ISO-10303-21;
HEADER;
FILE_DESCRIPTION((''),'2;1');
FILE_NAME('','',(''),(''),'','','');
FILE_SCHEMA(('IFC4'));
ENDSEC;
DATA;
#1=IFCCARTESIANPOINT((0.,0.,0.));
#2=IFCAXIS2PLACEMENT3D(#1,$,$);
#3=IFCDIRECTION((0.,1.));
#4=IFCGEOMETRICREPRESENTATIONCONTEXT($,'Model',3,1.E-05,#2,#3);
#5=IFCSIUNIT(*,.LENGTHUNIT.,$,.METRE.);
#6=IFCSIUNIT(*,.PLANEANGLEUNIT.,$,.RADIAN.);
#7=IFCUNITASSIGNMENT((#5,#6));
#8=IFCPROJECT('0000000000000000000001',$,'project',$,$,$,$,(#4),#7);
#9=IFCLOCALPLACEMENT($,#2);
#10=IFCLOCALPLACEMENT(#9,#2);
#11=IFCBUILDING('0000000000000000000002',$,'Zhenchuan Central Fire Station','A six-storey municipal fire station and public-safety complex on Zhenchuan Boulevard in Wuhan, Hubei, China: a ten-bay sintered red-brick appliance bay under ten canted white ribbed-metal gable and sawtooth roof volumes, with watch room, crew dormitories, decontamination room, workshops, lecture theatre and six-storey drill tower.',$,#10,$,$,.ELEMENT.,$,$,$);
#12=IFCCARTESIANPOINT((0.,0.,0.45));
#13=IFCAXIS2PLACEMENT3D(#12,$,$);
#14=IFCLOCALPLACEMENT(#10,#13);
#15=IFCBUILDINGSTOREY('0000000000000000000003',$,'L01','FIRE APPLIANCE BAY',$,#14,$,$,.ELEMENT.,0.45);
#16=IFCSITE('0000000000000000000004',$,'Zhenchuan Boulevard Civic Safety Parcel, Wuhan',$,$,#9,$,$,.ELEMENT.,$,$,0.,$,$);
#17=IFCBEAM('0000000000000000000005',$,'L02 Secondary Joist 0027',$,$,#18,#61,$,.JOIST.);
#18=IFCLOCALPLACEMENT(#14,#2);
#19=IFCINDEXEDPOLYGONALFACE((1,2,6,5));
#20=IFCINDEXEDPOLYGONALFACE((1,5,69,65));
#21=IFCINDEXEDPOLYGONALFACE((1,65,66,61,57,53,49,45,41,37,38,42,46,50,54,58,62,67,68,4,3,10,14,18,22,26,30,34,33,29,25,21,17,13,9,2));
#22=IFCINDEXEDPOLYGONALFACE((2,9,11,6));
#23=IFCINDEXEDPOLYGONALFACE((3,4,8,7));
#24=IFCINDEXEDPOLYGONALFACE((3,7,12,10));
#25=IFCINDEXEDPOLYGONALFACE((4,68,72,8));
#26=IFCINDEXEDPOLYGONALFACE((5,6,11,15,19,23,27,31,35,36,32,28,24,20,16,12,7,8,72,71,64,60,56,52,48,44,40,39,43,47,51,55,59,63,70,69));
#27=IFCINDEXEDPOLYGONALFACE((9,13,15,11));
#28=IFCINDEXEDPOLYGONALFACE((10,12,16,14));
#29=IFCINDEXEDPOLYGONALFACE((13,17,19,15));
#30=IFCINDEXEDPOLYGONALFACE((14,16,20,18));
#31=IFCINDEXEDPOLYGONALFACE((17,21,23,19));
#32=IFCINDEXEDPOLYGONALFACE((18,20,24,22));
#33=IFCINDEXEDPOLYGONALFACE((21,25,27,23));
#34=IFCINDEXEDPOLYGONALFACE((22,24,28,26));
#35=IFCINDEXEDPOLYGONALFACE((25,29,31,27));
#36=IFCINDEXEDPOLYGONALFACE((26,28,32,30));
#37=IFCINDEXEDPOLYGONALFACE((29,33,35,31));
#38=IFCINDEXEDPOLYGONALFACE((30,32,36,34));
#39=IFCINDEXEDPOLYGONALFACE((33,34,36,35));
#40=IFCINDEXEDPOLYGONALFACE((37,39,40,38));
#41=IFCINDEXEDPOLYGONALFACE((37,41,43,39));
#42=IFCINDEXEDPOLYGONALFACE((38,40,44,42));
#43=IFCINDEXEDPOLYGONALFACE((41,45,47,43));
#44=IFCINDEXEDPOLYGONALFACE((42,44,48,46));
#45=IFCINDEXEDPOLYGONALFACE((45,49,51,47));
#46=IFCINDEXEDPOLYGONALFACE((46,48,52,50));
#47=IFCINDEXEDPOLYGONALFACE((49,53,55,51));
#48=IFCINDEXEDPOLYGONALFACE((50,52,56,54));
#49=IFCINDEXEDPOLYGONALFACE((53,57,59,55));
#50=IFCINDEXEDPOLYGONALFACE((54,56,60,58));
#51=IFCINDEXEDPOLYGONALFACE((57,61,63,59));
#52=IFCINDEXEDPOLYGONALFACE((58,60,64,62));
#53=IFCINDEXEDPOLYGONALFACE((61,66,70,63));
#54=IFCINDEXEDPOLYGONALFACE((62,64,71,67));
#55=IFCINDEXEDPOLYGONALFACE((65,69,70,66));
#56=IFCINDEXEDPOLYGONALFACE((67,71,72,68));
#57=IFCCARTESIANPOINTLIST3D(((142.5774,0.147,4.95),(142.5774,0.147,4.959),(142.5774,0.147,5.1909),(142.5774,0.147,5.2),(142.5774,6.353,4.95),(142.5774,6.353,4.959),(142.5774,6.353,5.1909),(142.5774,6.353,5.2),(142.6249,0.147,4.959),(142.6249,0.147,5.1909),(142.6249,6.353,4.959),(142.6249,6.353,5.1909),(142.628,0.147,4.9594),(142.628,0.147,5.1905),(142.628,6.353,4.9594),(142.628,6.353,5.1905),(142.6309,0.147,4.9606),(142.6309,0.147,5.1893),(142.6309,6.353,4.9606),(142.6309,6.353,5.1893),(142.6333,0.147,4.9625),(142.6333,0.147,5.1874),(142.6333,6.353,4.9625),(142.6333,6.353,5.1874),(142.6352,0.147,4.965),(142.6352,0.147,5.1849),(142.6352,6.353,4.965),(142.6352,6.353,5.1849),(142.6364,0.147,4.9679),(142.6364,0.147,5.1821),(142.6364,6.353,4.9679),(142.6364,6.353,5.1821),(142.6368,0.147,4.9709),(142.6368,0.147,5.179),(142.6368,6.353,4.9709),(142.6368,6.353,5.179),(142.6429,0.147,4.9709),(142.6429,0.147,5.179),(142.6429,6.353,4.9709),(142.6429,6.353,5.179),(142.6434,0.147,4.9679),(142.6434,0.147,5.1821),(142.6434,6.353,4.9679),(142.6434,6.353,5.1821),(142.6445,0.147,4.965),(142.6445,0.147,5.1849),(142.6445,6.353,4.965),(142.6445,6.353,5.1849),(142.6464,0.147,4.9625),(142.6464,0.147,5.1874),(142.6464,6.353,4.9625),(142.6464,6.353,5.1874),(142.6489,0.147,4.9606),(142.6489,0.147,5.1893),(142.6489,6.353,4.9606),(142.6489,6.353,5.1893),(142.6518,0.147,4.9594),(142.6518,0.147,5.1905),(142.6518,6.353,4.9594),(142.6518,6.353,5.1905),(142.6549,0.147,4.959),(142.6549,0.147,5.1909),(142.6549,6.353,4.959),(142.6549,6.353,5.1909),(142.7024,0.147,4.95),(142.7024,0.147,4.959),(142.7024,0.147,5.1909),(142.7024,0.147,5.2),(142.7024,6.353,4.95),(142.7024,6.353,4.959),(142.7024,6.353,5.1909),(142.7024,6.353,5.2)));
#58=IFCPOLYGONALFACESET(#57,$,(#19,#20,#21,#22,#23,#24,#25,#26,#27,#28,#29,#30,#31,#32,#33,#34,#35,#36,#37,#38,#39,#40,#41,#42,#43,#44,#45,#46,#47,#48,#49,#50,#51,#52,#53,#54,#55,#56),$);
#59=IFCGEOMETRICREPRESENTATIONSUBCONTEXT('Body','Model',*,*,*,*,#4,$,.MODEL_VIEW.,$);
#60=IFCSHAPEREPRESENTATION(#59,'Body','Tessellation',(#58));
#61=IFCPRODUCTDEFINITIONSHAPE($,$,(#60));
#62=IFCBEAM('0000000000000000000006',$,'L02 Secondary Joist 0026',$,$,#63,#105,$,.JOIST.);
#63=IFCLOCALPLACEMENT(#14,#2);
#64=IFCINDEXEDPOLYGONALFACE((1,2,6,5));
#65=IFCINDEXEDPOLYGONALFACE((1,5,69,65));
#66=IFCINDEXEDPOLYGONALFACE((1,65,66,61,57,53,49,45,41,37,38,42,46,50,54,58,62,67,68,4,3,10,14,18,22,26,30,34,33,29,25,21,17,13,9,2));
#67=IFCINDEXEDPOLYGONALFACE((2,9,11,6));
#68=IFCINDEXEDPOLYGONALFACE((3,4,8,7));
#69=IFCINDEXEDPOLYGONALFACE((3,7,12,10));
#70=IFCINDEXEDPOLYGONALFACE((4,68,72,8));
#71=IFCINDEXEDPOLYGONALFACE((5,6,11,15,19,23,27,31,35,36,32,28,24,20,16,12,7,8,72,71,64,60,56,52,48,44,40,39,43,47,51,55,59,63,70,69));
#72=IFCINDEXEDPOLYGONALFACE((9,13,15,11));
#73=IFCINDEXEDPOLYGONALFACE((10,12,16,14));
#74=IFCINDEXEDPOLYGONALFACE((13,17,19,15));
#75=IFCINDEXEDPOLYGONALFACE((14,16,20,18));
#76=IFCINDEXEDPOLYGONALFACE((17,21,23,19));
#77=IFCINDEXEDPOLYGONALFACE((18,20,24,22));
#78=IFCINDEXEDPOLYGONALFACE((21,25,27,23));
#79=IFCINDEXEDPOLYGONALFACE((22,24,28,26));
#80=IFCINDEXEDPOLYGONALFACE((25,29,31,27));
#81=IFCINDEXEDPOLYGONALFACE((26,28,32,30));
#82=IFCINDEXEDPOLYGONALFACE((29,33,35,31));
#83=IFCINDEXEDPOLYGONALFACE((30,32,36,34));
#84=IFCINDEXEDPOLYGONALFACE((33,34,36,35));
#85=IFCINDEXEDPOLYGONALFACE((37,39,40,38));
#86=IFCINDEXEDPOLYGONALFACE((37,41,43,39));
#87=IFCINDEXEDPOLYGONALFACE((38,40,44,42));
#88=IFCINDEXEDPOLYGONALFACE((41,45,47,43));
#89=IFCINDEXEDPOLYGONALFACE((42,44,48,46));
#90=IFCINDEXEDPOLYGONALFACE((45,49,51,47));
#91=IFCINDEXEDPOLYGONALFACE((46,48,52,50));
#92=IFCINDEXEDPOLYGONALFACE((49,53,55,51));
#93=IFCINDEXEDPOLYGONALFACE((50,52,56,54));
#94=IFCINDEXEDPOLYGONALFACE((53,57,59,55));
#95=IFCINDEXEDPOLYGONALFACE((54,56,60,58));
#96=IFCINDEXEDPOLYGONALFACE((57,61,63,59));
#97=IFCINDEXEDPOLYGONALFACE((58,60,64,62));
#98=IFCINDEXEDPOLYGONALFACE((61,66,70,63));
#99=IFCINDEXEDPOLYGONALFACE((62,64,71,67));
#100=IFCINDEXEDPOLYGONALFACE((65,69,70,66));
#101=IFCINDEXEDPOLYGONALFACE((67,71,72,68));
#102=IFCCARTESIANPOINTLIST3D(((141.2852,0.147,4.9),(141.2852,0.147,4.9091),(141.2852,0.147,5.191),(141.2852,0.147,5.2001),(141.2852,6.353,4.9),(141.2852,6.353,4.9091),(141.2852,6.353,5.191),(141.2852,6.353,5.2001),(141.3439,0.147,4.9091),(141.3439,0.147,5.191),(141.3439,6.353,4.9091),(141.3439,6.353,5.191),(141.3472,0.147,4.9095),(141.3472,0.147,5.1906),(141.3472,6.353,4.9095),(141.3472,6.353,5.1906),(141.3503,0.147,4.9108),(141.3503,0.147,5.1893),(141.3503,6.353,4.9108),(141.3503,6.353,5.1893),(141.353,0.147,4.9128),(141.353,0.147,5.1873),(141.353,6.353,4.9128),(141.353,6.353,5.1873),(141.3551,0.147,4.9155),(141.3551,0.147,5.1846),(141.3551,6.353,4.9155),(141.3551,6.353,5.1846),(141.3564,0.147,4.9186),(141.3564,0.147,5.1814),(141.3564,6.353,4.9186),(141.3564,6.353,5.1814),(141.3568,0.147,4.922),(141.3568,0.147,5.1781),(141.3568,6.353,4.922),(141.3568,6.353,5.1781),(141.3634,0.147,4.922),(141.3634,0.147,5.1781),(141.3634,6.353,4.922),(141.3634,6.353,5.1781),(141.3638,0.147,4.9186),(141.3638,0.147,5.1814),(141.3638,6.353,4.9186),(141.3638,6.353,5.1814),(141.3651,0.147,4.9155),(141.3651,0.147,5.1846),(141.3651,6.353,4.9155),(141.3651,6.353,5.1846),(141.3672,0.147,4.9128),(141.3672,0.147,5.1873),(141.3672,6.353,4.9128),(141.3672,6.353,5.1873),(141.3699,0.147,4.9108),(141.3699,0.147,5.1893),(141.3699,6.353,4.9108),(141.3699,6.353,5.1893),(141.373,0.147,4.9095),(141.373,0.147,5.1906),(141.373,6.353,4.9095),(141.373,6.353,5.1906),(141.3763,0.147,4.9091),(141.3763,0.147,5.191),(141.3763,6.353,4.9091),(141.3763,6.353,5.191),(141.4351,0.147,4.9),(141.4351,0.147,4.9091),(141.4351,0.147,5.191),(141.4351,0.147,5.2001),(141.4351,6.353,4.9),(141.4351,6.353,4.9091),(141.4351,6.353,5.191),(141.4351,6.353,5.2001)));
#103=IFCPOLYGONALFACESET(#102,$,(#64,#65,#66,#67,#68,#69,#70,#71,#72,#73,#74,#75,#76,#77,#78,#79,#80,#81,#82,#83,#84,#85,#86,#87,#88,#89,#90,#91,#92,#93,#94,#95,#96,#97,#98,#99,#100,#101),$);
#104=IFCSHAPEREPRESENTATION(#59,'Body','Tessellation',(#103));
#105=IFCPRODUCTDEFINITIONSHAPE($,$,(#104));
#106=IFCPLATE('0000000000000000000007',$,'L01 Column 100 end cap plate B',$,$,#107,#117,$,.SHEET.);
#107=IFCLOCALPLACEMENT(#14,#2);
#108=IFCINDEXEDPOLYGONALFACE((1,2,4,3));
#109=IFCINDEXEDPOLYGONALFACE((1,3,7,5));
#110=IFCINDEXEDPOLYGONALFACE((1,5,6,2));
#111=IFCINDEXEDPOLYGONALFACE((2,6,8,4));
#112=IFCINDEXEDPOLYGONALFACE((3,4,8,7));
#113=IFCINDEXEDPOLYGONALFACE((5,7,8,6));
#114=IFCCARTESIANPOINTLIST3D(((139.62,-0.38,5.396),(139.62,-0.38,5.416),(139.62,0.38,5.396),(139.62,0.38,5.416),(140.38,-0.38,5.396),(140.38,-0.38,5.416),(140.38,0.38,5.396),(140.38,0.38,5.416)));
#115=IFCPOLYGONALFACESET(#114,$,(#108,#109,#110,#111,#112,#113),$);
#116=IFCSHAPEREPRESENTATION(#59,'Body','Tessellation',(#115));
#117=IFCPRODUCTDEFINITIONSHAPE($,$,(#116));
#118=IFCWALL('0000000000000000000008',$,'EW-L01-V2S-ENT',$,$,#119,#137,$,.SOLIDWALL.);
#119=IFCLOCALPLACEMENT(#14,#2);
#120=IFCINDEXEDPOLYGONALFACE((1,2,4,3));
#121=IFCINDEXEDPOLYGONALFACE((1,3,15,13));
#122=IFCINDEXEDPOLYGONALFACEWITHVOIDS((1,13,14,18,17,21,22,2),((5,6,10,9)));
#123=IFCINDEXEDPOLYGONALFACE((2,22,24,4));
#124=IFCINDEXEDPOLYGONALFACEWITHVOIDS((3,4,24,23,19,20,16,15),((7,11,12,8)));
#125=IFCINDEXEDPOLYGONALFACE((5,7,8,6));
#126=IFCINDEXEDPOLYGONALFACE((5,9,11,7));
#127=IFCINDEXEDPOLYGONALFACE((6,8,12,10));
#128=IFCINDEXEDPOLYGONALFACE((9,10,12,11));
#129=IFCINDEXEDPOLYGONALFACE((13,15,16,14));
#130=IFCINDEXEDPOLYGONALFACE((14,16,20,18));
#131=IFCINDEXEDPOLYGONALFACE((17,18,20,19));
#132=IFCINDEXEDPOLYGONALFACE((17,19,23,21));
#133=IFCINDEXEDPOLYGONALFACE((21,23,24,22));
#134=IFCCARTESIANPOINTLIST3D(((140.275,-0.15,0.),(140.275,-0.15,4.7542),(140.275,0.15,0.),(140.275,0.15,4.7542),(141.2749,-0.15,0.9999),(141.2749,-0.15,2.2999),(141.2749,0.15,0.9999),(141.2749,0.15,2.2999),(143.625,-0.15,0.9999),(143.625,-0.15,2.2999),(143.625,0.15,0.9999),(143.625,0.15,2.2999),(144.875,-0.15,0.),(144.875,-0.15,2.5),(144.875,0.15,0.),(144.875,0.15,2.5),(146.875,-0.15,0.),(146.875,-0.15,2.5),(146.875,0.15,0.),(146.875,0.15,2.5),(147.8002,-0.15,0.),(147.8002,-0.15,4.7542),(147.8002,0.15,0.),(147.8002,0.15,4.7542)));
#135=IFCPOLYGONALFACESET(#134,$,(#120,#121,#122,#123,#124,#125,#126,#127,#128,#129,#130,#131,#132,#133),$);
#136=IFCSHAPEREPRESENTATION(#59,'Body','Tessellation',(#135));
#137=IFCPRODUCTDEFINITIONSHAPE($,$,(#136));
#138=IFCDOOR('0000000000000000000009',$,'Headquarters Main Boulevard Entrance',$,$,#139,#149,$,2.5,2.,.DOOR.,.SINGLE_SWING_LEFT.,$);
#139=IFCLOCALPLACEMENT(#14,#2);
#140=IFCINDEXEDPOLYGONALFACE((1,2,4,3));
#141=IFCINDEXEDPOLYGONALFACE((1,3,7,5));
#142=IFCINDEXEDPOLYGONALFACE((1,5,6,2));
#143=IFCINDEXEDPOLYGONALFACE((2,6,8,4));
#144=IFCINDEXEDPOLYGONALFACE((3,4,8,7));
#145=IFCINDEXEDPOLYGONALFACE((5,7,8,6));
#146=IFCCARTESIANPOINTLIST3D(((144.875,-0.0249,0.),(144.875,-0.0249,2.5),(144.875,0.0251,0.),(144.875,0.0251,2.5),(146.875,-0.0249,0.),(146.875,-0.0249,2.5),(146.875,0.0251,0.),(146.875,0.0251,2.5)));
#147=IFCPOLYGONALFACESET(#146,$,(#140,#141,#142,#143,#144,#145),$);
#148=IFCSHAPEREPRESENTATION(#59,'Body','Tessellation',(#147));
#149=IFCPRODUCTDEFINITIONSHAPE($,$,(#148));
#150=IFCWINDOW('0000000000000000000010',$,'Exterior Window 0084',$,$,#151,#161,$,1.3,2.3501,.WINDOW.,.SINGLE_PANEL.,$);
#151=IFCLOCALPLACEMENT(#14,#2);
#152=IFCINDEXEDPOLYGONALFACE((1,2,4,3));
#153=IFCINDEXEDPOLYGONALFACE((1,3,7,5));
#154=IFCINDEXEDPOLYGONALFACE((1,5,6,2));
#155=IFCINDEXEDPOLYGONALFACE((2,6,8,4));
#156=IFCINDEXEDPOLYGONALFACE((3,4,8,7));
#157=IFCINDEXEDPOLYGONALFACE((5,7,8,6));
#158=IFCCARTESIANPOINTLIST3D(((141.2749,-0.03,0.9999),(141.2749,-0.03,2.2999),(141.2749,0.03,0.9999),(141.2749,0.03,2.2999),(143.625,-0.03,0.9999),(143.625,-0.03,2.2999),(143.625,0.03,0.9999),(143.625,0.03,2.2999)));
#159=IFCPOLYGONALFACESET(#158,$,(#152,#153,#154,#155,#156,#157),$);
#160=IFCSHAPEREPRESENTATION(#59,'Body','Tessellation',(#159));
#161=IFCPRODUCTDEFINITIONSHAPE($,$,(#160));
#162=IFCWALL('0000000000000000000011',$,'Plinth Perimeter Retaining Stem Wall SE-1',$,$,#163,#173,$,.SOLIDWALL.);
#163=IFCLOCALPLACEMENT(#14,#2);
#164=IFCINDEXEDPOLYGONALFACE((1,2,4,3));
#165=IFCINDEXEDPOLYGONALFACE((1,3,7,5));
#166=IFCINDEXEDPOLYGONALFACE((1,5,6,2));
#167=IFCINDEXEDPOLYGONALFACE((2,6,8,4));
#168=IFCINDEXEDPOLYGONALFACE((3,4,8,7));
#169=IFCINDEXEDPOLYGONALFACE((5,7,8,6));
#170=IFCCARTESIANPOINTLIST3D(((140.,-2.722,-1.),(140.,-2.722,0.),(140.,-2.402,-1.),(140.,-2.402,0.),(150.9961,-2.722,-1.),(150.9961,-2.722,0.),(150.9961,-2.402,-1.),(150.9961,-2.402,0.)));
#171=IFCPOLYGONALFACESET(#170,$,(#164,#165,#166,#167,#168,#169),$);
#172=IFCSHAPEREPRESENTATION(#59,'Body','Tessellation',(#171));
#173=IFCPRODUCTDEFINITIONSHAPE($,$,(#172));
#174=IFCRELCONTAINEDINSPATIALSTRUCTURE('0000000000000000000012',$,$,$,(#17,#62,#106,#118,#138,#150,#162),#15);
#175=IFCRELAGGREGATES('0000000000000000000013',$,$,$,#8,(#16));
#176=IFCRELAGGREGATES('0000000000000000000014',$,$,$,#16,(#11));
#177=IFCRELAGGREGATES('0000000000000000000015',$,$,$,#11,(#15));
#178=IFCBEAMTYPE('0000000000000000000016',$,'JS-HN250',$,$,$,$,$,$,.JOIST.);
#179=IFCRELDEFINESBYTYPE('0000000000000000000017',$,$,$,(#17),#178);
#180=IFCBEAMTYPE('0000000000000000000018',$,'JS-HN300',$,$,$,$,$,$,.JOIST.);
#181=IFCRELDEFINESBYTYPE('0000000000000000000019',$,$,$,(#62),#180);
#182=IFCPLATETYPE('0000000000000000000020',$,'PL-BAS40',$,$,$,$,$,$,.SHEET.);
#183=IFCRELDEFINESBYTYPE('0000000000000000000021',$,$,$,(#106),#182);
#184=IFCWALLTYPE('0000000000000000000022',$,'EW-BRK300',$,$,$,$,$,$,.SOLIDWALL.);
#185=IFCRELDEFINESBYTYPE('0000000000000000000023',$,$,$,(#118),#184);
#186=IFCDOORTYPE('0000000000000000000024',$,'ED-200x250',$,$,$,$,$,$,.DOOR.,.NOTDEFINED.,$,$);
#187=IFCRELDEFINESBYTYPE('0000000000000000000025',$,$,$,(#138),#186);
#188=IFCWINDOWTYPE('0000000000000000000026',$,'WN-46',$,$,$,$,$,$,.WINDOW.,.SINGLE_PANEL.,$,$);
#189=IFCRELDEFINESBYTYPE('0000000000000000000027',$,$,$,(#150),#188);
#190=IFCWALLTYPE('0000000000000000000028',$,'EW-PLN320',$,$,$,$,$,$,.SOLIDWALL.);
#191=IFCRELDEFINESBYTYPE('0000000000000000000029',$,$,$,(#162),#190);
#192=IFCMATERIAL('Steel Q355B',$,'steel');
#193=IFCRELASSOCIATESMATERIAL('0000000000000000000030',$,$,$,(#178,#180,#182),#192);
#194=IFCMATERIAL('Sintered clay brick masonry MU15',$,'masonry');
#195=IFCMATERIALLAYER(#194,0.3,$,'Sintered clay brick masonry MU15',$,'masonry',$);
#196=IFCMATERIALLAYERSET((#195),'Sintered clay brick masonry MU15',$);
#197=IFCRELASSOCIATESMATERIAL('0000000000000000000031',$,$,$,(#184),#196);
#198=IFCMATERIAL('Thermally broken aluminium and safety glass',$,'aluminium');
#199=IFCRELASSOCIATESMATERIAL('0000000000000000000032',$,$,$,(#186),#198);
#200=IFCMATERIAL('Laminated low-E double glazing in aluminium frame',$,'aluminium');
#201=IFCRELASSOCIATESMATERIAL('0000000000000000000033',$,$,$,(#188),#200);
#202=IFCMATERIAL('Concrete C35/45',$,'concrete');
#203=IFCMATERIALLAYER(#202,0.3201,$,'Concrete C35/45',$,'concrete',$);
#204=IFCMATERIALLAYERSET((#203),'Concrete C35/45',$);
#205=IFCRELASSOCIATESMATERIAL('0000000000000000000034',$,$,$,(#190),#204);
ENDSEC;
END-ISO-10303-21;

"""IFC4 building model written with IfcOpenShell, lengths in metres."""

from ifc_helpers import new_model, si_unit, direction, frame, frame_2d, origin, origin_2d, place, context, subcontext, project, spatial, rectangle, i_section, extrude, material, layer, layer_set, material_profile, profile_set, type_object, element, fill, save


model = new_model("IFC4")

# Units and contexts
model_context = context("Model", 3, precision=1e-05, world=origin(), true_north=direction((0.0, 1.0)))
body_context = subcontext(model_context, "Body", "Model", "MODEL_VIEW")
ifc_project = project(units=[si_unit("LENGTHUNIT", "METRE"), si_unit("PLANEANGLEUNIT", "RADIAN")], contexts=[model_context])

# Site, building, storey
site_placement = place(None, origin())
site = spatial("IfcSite", under=ifc_project, at=site_placement, Name="Zhenchuan Boulevard Civic Safety Parcel, Wuhan", CompositionType="ELEMENT", RefElevation=0.0)
building_placement = place(site_placement, origin())
building = spatial("IfcBuilding", under=site, at=building_placement, Name="Zhenchuan Central Fire Station", Description="A six-storey municipal fire station and public-safety complex on Zhenchuan Boulevard in Wuhan, Hubei, China: a ten-bay sintered red-brick appliance bay under ten canted white ribbed-metal gable and sawtooth roof volumes, with watch room, crew dormitories, decontamination room, workshops, lecture theatre and six-storey drill tower.", CompositionType="ELEMENT")
storey_placement = place(building_placement, frame((0.0, 0.0, 0.45)))
storey = spatial("IfcBuildingStorey", under=building, at=storey_placement, Name="L01", Description="FIRE APPLIANCE BAY", CompositionType="ELEMENT", Elevation=0.45)

# Shared definitions
ifc_material_1 = material(Name="Concrete C35/45", Category="concrete")

# Shared definitions
ifc_material_2 = material(Name="Steel Q355B", Category="steel")

# Beams
ifc_material_profile_1 = material_profile(ifc_material_2, i_section(OverallWidth=0.125, OverallDepth=0.25, WebThickness=0.0061, FlangeThickness=0.009, FilletRadius=0.012, at=origin_2d()), Name="HN 250x125")
ifc_profile_set_1 = profile_set([ifc_material_profile_1], Name="Steel Q355B")
beam_type_1 = type_object("IfcBeamType", Name="JS-HN250", PredefinedType="JOIST", material=ifc_profile_set_1)
beam_1_placement = place(storey_placement, frame((142.6399, 0.147, 5.075), z_axis=(0.0, 1.0, 0.0), x_axis=(-1.0, 0.0, 0.0)))
element("IfcBeam", 1, at=beam_1_placement, inside=storey, type_object=beam_type_1, Name="L02 Secondary Joist 0027", PredefinedType="JOIST", context=body_context, shape_type="SweptSolid", body=[
    extrude(i_section(OverallWidth=0.125, OverallDepth=0.25, WebThickness=0.0061, FlangeThickness=0.009, FilletRadius=0.012, at=origin_2d()), origin(), (0.0, 0.0, 1.0), 6.2061),
])
ifc_material_profile_2 = material_profile(ifc_material_2, i_section(OverallWidth=0.1499, OverallDepth=0.3, WebThickness=0.0066, FlangeThickness=0.009, FilletRadius=0.0129, at=origin_2d()), Name="HN 300x150")
ifc_profile_set_2 = profile_set([ifc_material_profile_2], Name="Steel Q355B")
beam_type_2 = type_object("IfcBeamType", Name="JS-HN300", PredefinedType="JOIST", material=ifc_profile_set_2)
beam_2_placement = place(storey_placement, frame((141.3601, 0.147, 5.05), z_axis=(0.0, 1.0, 0.0), x_axis=(-1.0, 0.0, 0.0)))
element("IfcBeam", 2, at=beam_2_placement, inside=storey, type_object=beam_type_2, Name="L02 Secondary Joist 0026", PredefinedType="JOIST", context=body_context, shape_type="SweptSolid", body=[
    extrude(i_section(OverallWidth=0.1499, OverallDepth=0.3, WebThickness=0.0066, FlangeThickness=0.009, FilletRadius=0.0129, at=origin_2d()), origin(), (0.0, 0.0, 1.0), 6.2061),
])

# Plate
ifc_material_profile_3 = material_profile(ifc_material_2, rectangle(XDim=0.76, YDim=0.76, at=origin_2d()), Name="PL 760x760x40")
ifc_profile_set_3 = profile_set([ifc_material_profile_3], Name="Steel Q355B")
plate_type = type_object("IfcPlateType", Name="PL-BAS40", PredefinedType="SHEET", material=ifc_profile_set_3)
plate_placement = place(storey_placement, frame((140.0, 0.0, 5.396), z_axis=(0.0, 0.0, 1.0), x_axis=(1.0, 0.0, 0.0)))
element("IfcPlate", 3, at=plate_placement, inside=storey, type_object=plate_type, Name="L01 Column 100 end cap plate B", PredefinedType="SHEET", context=body_context, shape_type="SweptSolid", body=[
    extrude(rectangle(XDim=0.76, YDim=0.76, at=origin_2d()), origin(), (0.0, 0.0, 1.0), 0.02),
])

# Wall, openings, door, window
ifc_material_3 = material(Name="Sintered clay brick masonry MU15", Category="masonry")
ifc_layer_1 = layer(ifc_material_3, 0.3, Name="Sintered clay brick masonry MU15", Category="masonry")
ifc_layer_set_1 = layer_set([ifc_layer_1], Name="Sintered clay brick masonry MU15")
wall_type_1 = type_object("IfcWallType", Name="EW-BRK300", PredefinedType="SOLIDWALL", material=ifc_layer_set_1)
wall_1_placement = place(storey_placement, frame((140.2749, 0.0, 0.0), z_axis=(0.0, 0.0, 1.0), x_axis=(1.0, 0.0, 0.0)))
wall_1 = element("IfcWall", 4, at=wall_1_placement, inside=storey, type_object=wall_type_1, Name="EW-L01-V2S-ENT", PredefinedType="SOLIDWALL", context=body_context, shape_type="SweptSolid", body=[
    extrude(rectangle(XDim=7.5251, YDim=0.3, at=frame_2d((3.7627, 0.0))), origin(), (0.0, 0.0, 1.0), 4.7542),
])
opening_1_placement = place(wall_1_placement, frame((4.6001, 0.0, 0.0)))
opening_1 = element("IfcOpeningElement", 5, at=opening_1_placement, cuts=wall_1, PredefinedType="OPENING", context=body_context, shape_type="SweptSolid", body=[
    extrude(rectangle(XDim=2.0, YDim=2.5, at=frame_2d((1.0, 1.25))), frame((0.0, 0.1599, 0.0), z_axis=(0.0, -1.0, 0.0), x_axis=(1.0, 0.0, 0.0)), (0.0, 0.0, 1.0), 0.3201),
])
opening_2_placement = place(wall_1_placement, frame((1.0, 0.0, 1.0)))
opening_2 = element("IfcOpeningElement", 6, at=opening_2_placement, cuts=wall_1, PredefinedType="OPENING", context=body_context, shape_type="SweptSolid", body=[
    extrude(rectangle(XDim=2.3501, YDim=1.3, at=frame_2d((1.175, 0.6499))), frame((0.0, 0.1599, 0.0), z_axis=(0.0, -1.0, 0.0), x_axis=(1.0, 0.0, 0.0)), (0.0, 0.0, 1.0), 0.3201),
])
ifc_material_4 = material(Name="Thermally broken aluminium and safety glass", Category="aluminium")
door_type_1 = type_object("IfcDoorType", Name="ED-200x250", OperationType="NOTDEFINED", PredefinedType="DOOR", material=ifc_material_4)
door_1_placement = place(opening_1_placement, frame((2.0, 0.0, 0.0), z_axis=(0.0, 0.0, 1.0), x_axis=(-1.0, 0.0, 0.0)))
door_1 = element("IfcDoor", 7, at=door_1_placement, inside=storey, type_object=door_type_1, Name="Headquarters Main Boulevard Entrance", OperationType="SINGLE_SWING_LEFT", OverallHeight=2.5, OverallWidth=2.0, PredefinedType="DOOR", context=body_context, shape_type="SweptSolid", body=[
    extrude(rectangle(XDim=2.0, YDim=2.5, at=frame_2d((1.0, 1.25))), frame((0.0, 0.0249, 0.0), z_axis=(0.0, -1.0, 0.0), x_axis=(1.0, 0.0, 0.0)), (0.0, 0.0, 1.0), 0.05),
])
fill(opening_1, door_1)
ifc_material_5 = material(Name="Laminated low-E double glazing in aluminium frame", Category="aluminium")
window_type = type_object("IfcWindowType", Name="WN-46", PartitioningType="SINGLE_PANEL", PredefinedType="WINDOW", material=ifc_material_5)
window_placement = place(opening_2_placement, origin())
window = element("IfcWindow", 8, at=window_placement, inside=storey, type_object=window_type, Name="Exterior Window 0084", OverallHeight=1.3, OverallWidth=2.3501, PartitioningType="SINGLE_PANEL", PredefinedType="WINDOW", context=body_context, shape_type="SweptSolid", body=[
    extrude(rectangle(XDim=2.3501, YDim=1.3, at=frame_2d((1.175, 0.6499))), frame((0.0, 0.03, 0.0), z_axis=(0.0, -1.0, 0.0), x_axis=(1.0, 0.0, 0.0)), (0.0, 0.0, 1.0), 0.0601),
])
fill(opening_2, window)

# Wall
ifc_layer_2 = layer(ifc_material_1, 0.3201, Name="Concrete C35/45", Category="concrete")
ifc_layer_set_2 = layer_set([ifc_layer_2], Name="Concrete C35/45")
wall_type_2 = type_object("IfcWallType", Name="EW-PLN320", PredefinedType="SOLIDWALL", material=ifc_layer_set_2)
wall_2_placement = place(storey_placement, frame((140.0, -2.562, -1.0), z_axis=(0.0, 0.0, 1.0), x_axis=(1.0, 0.0, 0.0)))
element("IfcWall", 9, at=wall_2_placement, inside=storey, type_object=wall_type_2, Name="Plinth Perimeter Retaining Stem Wall SE-1", PredefinedType="SOLIDWALL", context=body_context, shape_type="SweptSolid", body=[
    extrude(rectangle(XDim=10.9961, YDim=0.3201, at=frame_2d((5.498, 0.0))), origin(), (0.0, 0.0, 1.0), 1.0),
])

save(model, "model.ifc")
